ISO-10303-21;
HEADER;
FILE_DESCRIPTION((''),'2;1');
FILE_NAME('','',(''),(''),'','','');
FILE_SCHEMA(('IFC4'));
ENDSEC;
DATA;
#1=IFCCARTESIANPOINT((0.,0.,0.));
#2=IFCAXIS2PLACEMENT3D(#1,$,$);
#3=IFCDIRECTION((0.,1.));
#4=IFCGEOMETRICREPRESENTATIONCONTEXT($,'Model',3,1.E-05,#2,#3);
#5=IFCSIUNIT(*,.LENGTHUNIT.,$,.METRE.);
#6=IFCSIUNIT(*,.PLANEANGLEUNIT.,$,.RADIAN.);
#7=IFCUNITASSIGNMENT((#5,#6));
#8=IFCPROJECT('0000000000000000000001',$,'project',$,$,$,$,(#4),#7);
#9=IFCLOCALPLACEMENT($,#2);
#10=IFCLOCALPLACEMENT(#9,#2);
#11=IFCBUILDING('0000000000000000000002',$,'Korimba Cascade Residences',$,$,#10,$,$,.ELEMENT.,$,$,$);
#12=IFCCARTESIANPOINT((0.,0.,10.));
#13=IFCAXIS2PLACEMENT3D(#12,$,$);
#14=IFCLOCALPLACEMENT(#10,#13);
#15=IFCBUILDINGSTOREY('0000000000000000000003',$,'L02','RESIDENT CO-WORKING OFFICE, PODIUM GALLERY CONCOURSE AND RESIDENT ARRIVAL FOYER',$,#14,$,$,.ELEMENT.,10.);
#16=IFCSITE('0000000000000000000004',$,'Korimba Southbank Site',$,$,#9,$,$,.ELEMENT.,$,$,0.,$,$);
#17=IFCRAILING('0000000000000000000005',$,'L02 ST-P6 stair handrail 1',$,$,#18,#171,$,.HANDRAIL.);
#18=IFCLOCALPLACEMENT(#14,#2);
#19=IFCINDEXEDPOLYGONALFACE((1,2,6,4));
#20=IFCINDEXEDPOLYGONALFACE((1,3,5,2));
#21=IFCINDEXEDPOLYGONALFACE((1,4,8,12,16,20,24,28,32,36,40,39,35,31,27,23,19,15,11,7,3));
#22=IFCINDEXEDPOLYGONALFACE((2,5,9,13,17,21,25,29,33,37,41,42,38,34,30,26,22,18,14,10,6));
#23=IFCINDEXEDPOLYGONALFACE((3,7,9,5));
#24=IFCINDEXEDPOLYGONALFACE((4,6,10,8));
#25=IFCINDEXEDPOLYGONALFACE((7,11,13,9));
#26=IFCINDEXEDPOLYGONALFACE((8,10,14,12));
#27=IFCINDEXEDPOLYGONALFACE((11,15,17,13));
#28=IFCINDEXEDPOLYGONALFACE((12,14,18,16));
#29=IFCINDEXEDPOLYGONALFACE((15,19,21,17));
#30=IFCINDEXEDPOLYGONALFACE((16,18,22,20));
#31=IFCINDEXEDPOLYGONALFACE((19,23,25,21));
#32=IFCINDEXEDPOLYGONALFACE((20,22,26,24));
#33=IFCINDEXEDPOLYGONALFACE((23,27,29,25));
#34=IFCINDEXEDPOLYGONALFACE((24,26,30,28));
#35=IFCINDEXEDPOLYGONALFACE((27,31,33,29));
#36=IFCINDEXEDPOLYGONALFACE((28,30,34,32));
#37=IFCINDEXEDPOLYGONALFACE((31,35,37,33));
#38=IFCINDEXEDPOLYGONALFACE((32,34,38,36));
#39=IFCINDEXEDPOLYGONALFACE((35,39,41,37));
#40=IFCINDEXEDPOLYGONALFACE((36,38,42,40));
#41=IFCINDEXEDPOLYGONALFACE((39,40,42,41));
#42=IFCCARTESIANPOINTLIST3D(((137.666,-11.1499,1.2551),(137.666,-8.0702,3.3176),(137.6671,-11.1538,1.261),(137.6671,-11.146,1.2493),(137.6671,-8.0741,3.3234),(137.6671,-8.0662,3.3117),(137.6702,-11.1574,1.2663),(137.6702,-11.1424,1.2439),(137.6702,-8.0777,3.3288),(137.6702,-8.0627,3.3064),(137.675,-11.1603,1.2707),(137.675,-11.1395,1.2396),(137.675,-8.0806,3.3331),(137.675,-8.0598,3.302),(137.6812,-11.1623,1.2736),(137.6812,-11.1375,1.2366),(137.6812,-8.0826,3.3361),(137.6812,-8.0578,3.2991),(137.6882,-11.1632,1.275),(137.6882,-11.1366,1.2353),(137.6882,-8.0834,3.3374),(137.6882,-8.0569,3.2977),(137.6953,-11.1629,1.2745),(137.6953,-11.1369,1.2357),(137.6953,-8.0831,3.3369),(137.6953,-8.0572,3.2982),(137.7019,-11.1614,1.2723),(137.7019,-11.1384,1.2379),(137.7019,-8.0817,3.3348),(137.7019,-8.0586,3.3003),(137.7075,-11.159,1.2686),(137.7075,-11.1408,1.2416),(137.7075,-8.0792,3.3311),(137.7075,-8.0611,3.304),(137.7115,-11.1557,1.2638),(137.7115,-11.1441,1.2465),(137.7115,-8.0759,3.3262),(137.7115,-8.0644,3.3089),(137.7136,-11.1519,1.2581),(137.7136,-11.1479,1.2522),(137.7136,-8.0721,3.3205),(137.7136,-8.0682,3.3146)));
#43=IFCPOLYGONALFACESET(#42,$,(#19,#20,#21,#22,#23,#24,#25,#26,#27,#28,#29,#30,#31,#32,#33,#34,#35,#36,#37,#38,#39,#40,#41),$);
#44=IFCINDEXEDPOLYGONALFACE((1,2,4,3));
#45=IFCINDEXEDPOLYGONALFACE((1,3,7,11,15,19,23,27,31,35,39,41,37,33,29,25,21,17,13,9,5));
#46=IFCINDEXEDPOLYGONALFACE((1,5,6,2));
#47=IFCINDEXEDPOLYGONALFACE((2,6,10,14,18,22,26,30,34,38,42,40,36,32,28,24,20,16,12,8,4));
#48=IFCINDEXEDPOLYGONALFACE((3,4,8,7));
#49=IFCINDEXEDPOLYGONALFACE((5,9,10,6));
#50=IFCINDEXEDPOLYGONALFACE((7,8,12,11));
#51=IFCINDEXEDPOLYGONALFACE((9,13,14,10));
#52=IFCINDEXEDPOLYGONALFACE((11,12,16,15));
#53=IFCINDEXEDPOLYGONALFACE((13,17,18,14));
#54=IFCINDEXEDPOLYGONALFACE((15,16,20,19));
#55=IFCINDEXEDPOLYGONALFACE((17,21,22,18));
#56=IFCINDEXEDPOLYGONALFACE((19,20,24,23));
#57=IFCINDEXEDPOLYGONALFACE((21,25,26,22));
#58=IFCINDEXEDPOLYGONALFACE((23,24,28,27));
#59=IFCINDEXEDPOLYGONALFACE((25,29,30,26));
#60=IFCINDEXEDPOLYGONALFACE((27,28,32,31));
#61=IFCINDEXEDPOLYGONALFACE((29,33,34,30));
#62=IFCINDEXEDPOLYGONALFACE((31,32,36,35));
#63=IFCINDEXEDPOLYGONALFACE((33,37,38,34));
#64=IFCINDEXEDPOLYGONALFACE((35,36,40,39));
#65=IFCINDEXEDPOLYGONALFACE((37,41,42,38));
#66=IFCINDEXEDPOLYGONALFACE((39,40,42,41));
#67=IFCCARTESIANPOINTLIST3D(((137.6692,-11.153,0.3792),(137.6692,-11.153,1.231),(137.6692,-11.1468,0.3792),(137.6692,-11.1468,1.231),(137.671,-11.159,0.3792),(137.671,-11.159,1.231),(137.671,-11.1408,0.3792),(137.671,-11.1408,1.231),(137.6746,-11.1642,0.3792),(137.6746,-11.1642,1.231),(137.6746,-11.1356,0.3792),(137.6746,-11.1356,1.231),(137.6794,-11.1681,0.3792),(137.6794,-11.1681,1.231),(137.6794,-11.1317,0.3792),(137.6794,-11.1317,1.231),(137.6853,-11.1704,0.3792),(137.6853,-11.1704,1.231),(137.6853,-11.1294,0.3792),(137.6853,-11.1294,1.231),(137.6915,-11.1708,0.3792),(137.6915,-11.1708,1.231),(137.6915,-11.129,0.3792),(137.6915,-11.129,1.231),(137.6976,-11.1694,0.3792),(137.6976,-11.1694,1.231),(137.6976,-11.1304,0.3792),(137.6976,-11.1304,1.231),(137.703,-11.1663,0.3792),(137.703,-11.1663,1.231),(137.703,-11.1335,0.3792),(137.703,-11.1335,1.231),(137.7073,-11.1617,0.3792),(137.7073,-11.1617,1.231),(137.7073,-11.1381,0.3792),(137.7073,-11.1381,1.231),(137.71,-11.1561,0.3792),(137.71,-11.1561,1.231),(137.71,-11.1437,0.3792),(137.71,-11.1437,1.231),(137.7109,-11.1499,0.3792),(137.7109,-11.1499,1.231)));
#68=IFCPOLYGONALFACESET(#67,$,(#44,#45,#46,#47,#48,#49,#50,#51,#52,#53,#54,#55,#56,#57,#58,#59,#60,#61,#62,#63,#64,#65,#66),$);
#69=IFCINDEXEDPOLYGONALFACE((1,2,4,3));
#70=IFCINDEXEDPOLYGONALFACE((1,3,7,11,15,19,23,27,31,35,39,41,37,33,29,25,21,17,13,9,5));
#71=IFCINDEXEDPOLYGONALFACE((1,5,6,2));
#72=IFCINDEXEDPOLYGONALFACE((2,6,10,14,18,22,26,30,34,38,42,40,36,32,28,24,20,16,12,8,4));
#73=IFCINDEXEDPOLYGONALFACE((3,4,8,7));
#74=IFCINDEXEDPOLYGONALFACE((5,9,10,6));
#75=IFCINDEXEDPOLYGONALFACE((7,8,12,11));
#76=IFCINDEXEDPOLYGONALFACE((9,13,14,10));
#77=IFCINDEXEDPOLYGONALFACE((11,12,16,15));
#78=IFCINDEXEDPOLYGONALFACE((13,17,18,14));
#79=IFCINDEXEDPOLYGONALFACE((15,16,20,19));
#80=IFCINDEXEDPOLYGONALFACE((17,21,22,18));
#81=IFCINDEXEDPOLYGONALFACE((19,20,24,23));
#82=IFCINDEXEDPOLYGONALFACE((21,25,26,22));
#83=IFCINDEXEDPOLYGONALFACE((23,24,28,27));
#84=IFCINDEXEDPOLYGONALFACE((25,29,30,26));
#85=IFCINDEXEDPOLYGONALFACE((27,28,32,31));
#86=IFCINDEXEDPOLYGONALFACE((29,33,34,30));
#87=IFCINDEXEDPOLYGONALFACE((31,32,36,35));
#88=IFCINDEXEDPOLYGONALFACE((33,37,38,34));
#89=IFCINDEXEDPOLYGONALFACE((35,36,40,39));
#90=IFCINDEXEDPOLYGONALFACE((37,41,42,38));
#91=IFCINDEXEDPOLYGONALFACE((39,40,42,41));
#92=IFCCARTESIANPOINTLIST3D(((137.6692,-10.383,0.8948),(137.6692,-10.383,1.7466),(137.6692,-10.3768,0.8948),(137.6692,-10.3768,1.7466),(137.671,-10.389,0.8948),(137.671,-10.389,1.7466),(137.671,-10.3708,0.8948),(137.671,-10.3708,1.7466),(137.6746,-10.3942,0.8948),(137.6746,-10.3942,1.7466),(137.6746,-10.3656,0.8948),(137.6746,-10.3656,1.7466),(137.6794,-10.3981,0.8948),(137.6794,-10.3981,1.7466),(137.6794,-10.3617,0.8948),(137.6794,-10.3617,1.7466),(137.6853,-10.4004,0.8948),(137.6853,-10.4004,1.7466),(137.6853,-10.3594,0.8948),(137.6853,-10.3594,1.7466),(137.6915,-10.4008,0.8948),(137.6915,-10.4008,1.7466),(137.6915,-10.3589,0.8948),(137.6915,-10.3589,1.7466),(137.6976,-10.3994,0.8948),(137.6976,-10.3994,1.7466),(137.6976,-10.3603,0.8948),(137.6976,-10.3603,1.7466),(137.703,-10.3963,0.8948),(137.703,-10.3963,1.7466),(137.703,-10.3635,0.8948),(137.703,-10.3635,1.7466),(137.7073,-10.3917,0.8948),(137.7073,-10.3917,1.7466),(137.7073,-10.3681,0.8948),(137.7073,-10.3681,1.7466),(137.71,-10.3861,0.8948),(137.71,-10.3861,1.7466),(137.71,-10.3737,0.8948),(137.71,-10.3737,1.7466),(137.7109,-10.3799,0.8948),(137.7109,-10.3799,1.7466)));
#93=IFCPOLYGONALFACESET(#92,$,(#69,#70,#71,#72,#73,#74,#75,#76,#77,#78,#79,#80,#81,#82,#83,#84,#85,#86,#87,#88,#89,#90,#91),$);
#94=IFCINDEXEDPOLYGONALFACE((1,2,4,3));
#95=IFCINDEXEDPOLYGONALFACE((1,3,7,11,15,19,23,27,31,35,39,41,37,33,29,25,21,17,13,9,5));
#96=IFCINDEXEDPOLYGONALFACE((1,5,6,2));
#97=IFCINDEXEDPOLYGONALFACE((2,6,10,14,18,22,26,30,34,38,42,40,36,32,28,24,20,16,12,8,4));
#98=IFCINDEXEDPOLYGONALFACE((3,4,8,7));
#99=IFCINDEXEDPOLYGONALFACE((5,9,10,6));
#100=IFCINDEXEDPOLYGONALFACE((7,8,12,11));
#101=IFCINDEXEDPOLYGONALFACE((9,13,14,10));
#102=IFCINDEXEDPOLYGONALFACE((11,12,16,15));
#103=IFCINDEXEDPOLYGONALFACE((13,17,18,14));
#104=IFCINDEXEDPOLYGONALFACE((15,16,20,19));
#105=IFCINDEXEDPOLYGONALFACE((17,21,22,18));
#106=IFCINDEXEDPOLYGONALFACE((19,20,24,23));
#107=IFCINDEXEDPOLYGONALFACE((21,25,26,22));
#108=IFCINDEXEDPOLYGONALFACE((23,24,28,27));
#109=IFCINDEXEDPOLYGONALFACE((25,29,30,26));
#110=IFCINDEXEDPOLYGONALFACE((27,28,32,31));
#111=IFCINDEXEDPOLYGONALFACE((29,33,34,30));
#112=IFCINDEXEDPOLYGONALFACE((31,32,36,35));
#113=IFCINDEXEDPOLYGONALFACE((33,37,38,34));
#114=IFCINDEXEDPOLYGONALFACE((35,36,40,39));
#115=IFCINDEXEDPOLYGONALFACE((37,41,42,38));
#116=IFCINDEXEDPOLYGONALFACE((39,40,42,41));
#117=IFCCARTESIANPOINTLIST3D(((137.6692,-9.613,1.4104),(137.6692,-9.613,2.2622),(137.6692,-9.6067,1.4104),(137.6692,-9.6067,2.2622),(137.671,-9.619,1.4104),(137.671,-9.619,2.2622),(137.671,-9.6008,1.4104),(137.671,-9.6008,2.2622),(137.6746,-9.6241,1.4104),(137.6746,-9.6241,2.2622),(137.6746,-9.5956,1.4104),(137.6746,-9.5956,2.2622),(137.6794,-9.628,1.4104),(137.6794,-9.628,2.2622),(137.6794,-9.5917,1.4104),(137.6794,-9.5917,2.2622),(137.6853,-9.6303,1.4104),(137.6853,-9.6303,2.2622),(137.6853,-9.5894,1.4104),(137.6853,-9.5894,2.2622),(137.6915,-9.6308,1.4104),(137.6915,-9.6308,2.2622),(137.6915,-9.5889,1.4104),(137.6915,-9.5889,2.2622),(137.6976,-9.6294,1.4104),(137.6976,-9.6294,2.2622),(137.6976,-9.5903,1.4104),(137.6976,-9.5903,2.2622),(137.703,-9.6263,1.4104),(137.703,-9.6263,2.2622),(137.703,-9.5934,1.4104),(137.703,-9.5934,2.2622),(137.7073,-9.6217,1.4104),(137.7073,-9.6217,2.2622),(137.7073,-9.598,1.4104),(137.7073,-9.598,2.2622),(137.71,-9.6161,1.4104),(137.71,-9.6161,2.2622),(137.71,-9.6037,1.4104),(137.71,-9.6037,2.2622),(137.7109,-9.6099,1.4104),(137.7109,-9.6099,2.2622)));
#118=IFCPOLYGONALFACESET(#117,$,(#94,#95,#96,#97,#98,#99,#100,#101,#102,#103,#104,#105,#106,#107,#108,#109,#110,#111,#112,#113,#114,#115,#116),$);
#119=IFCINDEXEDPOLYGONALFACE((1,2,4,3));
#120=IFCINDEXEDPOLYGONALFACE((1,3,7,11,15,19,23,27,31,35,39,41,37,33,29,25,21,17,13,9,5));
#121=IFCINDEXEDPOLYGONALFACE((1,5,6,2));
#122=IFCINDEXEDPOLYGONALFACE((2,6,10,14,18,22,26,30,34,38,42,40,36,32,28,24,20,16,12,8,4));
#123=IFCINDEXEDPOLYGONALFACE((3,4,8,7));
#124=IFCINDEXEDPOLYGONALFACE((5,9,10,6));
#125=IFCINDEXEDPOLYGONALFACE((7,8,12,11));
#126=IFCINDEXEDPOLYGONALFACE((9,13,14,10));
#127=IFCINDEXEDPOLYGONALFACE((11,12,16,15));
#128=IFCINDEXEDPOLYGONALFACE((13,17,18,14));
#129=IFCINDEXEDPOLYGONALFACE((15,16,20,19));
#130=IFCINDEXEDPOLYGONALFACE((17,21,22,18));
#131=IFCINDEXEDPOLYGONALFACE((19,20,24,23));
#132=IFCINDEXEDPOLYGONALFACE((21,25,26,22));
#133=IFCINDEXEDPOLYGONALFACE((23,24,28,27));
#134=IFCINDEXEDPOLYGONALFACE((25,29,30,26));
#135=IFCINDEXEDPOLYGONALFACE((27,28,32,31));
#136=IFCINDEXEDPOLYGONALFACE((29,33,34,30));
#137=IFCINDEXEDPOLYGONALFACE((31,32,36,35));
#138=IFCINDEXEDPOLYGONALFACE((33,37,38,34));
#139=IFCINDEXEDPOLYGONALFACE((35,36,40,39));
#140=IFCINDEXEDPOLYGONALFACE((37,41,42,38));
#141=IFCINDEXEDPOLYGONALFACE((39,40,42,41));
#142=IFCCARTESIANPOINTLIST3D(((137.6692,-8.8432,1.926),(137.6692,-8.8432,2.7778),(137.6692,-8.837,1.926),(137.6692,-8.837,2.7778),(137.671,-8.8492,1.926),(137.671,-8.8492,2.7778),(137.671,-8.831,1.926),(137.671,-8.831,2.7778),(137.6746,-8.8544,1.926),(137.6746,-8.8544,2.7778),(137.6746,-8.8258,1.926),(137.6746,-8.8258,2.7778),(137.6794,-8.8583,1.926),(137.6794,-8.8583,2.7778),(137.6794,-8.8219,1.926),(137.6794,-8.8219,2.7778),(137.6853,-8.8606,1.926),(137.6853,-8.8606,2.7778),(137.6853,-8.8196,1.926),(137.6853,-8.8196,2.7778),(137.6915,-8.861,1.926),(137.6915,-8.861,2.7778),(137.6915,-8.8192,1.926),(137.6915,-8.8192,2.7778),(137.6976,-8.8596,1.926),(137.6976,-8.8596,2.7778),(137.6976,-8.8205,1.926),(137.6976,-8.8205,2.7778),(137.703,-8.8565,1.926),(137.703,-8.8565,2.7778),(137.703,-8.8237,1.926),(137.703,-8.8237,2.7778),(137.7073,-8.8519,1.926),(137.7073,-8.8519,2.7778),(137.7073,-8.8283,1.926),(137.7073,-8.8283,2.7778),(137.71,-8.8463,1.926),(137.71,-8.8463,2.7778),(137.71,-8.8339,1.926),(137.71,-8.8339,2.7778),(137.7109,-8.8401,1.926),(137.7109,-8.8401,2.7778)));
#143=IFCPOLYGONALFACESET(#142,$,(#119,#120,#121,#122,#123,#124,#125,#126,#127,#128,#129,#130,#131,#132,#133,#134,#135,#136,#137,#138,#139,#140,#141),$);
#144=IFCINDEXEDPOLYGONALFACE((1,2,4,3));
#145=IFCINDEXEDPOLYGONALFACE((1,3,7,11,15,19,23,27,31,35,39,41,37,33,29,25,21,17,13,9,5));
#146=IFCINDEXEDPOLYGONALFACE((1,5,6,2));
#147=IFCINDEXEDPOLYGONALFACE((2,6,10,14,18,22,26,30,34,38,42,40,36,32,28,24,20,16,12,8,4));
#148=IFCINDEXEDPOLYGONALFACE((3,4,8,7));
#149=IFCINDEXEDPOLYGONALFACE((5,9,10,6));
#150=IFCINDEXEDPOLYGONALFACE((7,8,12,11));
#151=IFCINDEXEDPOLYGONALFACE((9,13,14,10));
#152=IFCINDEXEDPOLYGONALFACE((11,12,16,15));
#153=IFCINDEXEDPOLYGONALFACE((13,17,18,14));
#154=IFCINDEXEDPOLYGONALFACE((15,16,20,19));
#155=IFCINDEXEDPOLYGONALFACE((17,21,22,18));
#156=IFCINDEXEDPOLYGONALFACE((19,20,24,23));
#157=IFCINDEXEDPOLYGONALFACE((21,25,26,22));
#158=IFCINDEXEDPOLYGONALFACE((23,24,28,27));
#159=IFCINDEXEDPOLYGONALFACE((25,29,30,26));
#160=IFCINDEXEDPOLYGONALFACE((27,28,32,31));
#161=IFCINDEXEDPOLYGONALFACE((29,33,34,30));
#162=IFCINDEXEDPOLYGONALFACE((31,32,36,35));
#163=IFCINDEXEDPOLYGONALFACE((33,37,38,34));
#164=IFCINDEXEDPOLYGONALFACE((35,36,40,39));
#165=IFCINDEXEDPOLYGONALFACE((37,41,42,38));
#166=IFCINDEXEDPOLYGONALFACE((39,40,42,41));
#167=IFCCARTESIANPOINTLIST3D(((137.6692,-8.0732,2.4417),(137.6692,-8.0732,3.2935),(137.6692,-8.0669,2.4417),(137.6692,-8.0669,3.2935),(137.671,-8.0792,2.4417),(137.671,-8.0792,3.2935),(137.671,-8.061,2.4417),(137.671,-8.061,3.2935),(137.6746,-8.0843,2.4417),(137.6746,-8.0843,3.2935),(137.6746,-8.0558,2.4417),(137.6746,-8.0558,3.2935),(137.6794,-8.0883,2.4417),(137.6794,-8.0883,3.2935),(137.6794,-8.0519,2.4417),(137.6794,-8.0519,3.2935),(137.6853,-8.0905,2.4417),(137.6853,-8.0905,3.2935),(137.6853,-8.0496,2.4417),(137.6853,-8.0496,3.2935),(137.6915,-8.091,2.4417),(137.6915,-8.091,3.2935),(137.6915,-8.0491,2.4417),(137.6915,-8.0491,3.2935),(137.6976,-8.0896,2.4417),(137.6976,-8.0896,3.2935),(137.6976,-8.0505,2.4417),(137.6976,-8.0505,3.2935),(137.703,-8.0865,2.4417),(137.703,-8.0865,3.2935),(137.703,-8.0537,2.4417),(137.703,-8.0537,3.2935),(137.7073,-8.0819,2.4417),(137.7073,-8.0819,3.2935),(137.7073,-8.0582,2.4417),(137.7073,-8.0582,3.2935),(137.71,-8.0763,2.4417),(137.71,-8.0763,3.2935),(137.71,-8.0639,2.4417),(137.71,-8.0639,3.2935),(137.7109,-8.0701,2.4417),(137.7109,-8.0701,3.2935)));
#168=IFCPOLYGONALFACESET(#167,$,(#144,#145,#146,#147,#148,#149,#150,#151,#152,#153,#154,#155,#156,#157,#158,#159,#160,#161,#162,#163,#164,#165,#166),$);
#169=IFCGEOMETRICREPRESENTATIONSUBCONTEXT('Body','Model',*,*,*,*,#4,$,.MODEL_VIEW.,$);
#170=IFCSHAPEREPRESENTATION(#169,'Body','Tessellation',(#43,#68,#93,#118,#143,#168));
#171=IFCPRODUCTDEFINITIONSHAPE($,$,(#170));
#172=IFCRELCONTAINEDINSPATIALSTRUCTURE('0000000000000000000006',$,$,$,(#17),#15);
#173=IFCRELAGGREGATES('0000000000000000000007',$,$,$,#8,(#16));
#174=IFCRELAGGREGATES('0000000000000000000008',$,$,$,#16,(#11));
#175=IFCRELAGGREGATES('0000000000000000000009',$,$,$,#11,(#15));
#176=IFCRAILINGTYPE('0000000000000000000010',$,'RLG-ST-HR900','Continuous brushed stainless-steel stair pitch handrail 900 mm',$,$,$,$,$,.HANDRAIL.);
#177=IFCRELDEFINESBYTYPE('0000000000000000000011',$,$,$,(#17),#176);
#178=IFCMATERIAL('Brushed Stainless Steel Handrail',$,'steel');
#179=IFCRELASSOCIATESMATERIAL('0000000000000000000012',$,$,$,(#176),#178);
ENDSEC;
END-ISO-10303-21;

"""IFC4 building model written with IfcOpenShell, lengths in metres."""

from ifc_helpers import new_model, si_unit, direction, frame, origin, origin_2d, place, context, subcontext, project, spatial, circle, extrude, material, type_object, element, save


model = new_model("IFC4")

# Units and contexts
model_context = context("Model", 3, precision=1e-05, world=origin(), true_north=direction((0.0, 1.0)))
body_context = subcontext(model_context, "Body", "Model", "MODEL_VIEW")
ifc_project = project(units=[si_unit("LENGTHUNIT", "METRE"), si_unit("PLANEANGLEUNIT", "RADIAN")], contexts=[model_context])

# Site, building, storey
site_placement = place(None, origin())
site = spatial("IfcSite", under=ifc_project, at=site_placement, Name="Korimba Southbank Site", CompositionType="ELEMENT", RefElevation=0.0)
building_placement = place(site_placement, origin())
building = spatial("IfcBuilding", under=site, at=building_placement, Name="Korimba Cascade Residences", CompositionType="ELEMENT")
storey_placement = place(building_placement, frame((0.0, 0.0, 10.0)))
storey = spatial("IfcBuildingStorey", under=building, at=storey_placement, Name="L02", Description="RESIDENT CO-WORKING OFFICE, PODIUM GALLERY CONCOURSE AND RESIDENT ARRIVAL FOYER", CompositionType="ELEMENT", Elevation=10.0)

# Railing
ifc_material_1 = material(Name="Brushed Stainless Steel Handrail", Category="steel")
railing_type_1 = type_object("IfcRailingType", Name="RLG-ST-HR900", Description="Continuous brushed stainless-steel stair pitch handrail 900 mm", PredefinedType="HANDRAIL", material=ifc_material_1)
railing_1_placement = place(storey_placement, frame((137.6899, -11.1499, 0.3792)))
element("IfcRailing", 1, at=railing_1_placement, inside=storey, type_object=railing_type_1, Name="L02 ST-P6 stair handrail 1", PredefinedType="HANDRAIL", context=body_context, shape_type="SweptSolid", body=[
    extrude(circle(Radius=0.0239, at=origin_2d()), frame((0.0, 0.0, 0.876), z_axis=(0.0, 0.830893, 0.556432), x_axis=(-1.0, 0.0, 0.0)), (0.0, 0.0, 1.0), 3.7065),
    extrude(circle(Radius=0.021, at=origin_2d()), origin(), (0.0, 0.0, 1.0), 0.8518),
    extrude(circle(Radius=0.021, at=origin_2d()), frame((0.0, 0.77, 0.5156)), (0.0, 0.0, 1.0), 0.8518),
    extrude(circle(Radius=0.021, at=origin_2d()), frame((0.0, 1.54, 1.0312)), (0.0, 0.0, 1.0), 0.8518),
    extrude(circle(Radius=0.021, at=origin_2d()), frame((0.0, 2.3098, 1.5469)), (0.0, 0.0, 1.0), 0.8518),
    extrude(circle(Radius=0.021, at=origin_2d()), frame((0.0, 3.0798, 2.0625)), (0.0, 0.0, 1.0), 0.8518),
])

save(model, "model.ifc")
